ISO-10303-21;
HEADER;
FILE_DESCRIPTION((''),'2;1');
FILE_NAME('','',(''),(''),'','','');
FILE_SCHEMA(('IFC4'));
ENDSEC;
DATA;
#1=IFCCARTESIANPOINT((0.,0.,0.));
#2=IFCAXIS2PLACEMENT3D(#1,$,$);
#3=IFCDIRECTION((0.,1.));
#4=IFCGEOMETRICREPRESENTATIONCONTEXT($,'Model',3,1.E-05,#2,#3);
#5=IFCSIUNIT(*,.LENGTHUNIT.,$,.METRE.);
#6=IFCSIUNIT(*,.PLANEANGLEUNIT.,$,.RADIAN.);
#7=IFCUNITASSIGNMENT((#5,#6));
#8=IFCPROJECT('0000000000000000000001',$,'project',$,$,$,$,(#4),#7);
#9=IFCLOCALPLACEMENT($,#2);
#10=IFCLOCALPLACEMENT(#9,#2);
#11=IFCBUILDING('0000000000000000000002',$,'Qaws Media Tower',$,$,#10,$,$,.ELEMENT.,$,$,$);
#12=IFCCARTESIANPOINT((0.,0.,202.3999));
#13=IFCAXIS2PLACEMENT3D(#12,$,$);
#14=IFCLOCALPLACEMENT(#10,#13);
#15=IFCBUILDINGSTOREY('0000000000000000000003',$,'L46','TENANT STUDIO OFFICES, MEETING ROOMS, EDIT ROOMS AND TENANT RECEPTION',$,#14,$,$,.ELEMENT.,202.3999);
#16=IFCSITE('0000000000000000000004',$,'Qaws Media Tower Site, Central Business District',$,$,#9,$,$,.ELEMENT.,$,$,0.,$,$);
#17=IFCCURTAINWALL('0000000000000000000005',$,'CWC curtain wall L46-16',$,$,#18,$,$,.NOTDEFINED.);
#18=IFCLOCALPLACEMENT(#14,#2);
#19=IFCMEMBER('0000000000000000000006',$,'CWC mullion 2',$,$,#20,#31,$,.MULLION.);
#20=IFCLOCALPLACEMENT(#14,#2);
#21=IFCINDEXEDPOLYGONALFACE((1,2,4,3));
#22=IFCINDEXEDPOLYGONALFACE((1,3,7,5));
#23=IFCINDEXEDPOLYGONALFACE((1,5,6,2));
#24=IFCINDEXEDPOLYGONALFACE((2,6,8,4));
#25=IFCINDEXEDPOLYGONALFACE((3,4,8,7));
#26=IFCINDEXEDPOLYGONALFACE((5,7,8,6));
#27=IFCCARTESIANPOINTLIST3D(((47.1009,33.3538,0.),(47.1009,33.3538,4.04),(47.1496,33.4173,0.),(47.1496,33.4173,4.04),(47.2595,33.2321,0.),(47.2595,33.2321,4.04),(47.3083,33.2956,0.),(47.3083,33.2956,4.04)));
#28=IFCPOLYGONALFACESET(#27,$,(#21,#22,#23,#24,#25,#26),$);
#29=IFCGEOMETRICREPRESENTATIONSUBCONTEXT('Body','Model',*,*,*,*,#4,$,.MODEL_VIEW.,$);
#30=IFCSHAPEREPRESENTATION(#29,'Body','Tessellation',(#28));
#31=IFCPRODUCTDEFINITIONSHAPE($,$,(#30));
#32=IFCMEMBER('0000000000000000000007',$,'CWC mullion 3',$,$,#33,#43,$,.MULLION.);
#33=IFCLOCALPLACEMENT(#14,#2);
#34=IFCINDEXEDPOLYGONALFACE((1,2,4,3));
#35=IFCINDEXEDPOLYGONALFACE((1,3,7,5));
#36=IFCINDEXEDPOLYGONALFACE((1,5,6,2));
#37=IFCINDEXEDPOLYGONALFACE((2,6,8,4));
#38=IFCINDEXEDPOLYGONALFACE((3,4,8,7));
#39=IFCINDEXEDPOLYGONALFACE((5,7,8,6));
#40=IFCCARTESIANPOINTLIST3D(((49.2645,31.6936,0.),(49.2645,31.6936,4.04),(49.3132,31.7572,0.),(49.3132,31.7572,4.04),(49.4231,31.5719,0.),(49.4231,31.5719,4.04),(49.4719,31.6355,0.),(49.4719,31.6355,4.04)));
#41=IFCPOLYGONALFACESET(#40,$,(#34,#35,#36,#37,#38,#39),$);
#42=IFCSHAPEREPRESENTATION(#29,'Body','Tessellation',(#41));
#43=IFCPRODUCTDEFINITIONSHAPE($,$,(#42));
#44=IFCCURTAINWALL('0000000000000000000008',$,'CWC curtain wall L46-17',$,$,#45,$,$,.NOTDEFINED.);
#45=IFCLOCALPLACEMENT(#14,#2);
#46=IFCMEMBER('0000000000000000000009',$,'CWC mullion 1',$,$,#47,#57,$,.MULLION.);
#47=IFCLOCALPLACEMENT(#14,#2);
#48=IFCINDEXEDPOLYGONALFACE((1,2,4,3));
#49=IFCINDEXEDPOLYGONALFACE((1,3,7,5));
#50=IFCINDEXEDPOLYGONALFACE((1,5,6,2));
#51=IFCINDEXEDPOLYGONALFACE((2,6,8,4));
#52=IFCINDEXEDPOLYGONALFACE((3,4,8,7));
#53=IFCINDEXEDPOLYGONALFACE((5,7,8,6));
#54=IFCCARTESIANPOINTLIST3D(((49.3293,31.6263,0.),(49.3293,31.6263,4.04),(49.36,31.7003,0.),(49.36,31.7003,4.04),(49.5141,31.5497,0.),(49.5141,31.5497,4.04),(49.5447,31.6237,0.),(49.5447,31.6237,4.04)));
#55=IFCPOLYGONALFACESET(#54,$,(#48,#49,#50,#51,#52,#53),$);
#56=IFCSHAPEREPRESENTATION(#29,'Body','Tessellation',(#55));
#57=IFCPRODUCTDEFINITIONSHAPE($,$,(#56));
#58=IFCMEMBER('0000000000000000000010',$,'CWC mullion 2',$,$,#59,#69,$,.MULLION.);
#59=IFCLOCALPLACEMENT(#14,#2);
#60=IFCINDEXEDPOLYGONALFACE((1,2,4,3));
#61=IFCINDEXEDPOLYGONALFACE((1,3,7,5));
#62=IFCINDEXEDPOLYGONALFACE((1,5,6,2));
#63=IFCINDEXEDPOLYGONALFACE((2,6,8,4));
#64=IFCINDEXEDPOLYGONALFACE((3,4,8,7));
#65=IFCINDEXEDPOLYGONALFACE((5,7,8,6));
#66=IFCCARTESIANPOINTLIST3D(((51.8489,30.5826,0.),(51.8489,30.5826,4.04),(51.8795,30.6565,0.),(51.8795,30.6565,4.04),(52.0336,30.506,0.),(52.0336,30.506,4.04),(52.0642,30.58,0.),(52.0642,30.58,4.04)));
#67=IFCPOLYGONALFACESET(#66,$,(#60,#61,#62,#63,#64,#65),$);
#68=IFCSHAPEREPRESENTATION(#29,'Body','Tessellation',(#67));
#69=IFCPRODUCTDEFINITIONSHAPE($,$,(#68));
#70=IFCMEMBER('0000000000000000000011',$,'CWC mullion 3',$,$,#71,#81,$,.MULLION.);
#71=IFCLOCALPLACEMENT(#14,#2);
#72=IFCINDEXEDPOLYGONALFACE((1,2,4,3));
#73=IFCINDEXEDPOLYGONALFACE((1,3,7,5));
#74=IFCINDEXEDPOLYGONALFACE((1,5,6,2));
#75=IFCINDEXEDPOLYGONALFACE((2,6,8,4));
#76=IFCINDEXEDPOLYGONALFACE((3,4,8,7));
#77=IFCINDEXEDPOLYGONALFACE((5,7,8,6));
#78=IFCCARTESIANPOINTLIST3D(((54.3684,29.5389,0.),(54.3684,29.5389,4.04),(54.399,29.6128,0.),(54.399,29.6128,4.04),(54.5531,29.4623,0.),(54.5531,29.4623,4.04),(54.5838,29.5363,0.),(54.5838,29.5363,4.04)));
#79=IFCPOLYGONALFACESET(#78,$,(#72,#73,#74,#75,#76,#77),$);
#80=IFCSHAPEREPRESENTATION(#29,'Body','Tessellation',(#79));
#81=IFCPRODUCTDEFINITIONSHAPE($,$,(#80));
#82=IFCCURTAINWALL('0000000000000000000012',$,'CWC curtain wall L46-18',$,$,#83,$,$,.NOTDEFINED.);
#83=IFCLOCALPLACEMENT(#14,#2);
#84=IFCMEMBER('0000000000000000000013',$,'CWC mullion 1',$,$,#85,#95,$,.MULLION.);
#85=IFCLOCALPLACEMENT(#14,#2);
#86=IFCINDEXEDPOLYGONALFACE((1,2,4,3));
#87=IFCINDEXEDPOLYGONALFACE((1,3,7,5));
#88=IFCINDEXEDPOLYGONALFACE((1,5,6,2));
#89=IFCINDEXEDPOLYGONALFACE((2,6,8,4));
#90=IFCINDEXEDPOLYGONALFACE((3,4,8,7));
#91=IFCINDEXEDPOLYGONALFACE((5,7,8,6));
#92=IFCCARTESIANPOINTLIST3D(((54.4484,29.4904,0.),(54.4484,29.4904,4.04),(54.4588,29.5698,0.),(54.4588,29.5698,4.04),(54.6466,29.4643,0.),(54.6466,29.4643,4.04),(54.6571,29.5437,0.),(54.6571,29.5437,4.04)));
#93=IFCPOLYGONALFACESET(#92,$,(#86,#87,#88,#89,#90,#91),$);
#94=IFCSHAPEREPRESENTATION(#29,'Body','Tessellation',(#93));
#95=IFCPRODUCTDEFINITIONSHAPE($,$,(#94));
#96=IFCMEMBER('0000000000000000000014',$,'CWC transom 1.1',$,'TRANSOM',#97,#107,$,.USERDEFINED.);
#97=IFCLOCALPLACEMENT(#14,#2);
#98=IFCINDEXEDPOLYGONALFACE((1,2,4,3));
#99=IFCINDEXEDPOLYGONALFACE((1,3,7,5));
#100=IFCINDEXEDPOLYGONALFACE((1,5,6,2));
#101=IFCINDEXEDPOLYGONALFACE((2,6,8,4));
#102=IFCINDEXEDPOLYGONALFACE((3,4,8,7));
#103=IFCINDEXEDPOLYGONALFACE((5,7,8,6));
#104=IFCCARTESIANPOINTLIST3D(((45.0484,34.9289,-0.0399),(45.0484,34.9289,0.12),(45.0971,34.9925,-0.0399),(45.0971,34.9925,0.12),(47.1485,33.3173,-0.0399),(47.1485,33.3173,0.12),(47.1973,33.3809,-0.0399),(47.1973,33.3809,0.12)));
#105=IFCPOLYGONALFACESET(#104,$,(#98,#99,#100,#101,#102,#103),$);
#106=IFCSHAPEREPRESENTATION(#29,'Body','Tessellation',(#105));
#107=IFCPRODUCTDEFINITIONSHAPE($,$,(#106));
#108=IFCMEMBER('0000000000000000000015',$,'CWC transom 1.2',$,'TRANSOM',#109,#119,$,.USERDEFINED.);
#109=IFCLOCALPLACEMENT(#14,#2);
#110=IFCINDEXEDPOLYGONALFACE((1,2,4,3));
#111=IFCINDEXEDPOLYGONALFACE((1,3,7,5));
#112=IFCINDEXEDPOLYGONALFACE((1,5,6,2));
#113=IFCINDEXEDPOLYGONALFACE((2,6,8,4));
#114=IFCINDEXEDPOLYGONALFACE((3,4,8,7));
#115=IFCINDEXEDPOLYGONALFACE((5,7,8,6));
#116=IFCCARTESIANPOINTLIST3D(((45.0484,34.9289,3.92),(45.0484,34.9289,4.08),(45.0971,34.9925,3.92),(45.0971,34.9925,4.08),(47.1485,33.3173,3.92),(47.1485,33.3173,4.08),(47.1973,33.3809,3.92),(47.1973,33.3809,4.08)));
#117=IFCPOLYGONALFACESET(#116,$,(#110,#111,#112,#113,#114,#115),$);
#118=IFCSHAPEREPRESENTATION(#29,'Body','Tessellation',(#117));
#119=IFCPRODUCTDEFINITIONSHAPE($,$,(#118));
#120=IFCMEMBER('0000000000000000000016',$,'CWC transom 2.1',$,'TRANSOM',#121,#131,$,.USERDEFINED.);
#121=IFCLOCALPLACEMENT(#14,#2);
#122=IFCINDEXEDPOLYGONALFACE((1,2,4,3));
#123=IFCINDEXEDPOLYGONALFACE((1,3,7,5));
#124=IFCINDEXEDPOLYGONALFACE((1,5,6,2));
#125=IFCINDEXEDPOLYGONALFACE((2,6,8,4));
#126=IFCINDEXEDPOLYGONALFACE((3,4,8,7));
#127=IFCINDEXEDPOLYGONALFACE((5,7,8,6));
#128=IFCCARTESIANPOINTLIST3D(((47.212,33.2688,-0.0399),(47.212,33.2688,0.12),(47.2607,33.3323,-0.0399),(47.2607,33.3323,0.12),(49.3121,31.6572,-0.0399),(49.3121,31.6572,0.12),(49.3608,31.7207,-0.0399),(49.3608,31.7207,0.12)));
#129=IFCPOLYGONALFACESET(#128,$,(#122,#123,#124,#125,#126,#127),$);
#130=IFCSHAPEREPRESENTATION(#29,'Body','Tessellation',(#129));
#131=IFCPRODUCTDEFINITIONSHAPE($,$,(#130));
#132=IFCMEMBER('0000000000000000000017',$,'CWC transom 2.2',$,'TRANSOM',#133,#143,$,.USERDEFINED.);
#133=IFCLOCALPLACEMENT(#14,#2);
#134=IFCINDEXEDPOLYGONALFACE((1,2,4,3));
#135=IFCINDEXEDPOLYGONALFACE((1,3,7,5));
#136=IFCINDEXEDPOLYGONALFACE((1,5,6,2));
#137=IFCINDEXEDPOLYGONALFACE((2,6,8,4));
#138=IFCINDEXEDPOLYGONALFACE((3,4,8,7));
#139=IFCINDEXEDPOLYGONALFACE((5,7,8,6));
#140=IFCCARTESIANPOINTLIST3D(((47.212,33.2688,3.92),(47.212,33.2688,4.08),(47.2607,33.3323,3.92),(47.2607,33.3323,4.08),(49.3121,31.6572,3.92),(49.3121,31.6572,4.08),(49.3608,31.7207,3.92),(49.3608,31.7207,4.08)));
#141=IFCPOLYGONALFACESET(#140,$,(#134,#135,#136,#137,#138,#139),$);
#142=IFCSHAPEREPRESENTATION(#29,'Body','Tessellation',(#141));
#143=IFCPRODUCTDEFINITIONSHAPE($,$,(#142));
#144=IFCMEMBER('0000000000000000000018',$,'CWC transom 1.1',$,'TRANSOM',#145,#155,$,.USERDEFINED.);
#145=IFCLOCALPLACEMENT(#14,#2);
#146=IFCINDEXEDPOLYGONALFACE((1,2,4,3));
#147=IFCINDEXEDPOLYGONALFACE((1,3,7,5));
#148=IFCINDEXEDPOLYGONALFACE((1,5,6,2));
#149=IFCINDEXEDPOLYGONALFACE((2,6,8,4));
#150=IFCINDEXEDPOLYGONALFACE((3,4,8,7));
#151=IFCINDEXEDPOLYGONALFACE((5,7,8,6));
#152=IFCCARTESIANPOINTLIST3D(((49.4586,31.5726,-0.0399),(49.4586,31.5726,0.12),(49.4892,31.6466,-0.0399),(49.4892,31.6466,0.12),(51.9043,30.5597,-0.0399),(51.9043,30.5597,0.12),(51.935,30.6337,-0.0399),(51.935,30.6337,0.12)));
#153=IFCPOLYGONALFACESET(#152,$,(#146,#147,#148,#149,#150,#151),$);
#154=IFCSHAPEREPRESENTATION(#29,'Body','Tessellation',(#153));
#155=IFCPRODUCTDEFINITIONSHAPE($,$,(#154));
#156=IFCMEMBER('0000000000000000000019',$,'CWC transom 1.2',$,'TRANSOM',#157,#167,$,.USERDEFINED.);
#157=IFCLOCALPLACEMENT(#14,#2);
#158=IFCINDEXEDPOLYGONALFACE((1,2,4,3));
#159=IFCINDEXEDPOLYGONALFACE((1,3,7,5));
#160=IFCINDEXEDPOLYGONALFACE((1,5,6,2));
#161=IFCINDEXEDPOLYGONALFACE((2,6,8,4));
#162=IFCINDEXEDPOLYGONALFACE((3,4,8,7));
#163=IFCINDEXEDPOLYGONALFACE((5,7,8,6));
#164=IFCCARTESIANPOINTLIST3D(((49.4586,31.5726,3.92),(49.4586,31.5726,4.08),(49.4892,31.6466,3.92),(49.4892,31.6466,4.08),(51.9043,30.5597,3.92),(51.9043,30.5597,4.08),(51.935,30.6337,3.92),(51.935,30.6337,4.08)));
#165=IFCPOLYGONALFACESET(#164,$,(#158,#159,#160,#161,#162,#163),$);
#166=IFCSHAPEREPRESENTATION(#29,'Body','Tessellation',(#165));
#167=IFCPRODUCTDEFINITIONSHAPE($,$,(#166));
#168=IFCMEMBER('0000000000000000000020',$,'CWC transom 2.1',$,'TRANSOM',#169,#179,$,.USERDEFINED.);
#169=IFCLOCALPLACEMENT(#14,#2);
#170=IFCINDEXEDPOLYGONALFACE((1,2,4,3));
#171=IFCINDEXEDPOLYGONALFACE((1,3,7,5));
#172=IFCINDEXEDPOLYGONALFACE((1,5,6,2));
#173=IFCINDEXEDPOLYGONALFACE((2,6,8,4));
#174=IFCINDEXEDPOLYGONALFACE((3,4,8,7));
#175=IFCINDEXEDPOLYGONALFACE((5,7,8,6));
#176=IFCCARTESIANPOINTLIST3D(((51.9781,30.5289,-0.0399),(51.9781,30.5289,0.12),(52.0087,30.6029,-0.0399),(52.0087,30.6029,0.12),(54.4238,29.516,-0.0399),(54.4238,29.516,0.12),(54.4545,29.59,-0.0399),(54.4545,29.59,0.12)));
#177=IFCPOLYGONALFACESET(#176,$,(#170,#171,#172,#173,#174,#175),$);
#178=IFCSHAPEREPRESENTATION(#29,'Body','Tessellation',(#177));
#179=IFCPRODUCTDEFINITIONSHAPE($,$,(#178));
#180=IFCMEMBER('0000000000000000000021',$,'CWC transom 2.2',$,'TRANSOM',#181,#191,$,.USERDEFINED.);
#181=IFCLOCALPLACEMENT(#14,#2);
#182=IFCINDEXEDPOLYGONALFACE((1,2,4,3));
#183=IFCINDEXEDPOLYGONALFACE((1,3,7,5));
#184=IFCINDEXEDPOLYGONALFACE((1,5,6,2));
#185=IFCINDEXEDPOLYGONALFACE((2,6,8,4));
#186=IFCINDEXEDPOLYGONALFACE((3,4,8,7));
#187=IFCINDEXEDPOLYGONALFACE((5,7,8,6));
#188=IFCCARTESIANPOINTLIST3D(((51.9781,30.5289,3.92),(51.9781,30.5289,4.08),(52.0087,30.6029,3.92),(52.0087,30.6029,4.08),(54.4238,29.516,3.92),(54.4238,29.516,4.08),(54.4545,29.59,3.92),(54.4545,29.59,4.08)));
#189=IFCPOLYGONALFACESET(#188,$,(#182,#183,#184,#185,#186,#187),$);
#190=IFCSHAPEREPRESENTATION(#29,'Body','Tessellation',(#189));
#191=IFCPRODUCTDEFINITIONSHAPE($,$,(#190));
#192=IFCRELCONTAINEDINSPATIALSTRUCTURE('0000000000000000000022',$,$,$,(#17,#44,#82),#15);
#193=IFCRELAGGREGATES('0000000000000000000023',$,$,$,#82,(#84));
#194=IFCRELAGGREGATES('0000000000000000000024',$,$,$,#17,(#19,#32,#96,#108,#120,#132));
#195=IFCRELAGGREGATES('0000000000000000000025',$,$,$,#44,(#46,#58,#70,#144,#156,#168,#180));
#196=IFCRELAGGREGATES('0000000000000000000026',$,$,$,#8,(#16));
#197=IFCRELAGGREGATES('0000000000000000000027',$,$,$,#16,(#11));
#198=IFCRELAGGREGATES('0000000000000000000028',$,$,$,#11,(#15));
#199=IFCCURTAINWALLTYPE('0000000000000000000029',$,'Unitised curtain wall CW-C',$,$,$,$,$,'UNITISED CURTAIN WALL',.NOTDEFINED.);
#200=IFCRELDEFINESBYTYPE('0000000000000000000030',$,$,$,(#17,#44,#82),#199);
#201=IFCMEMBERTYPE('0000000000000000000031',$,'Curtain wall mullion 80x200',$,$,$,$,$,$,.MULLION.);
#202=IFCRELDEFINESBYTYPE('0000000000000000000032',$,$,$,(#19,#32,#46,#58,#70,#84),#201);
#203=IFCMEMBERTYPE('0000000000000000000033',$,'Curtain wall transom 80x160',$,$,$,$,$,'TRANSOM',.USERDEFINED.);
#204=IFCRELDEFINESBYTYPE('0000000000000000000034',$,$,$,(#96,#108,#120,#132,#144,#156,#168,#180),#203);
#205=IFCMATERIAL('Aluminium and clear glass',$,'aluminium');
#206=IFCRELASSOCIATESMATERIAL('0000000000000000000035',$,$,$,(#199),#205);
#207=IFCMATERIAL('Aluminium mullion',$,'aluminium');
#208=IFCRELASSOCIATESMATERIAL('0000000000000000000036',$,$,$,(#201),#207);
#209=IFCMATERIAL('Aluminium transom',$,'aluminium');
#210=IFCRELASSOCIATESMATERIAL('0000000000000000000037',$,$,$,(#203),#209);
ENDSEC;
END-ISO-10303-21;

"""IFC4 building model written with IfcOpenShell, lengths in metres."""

from ifc_helpers import new_model, si_unit, direction, frame, origin, origin_2d, place, context, subcontext, project, spatial, rectangle, extrude, material, material_profile, profile_set, type_object, element, aggregate, save


model = new_model("IFC4")

# Units and contexts
model_context = context("Model", 3, precision=1e-05, world=origin(), true_north=direction((0.0, 1.0)))
body_context = subcontext(model_context, "Body", "Model", "MODEL_VIEW")
ifc_project = project(units=[si_unit("LENGTHUNIT", "METRE"), si_unit("PLANEANGLEUNIT", "RADIAN")], contexts=[model_context])

# Site, building, storey
site_placement = place(None, origin())
site = spatial("IfcSite", under=ifc_project, at=site_placement, Name="Qaws Media Tower Site, Central Business District", CompositionType="ELEMENT", RefElevation=0.0)
building_placement = place(site_placement, origin())
building = spatial("IfcBuilding", under=site, at=building_placement, Name="Qaws Media Tower", CompositionType="ELEMENT")
storey_placement = place(building_placement, frame((0.0, 0.0, 202.3999)))
storey = spatial("IfcBuildingStorey", under=building, at=storey_placement, Name="L46", Description="TENANT STUDIO OFFICES, MEETING ROOMS, EDIT ROOMS AND TENANT RECEPTION", CompositionType="ELEMENT", Elevation=202.3999)

# Curtain walls, members
ifc_material_1 = material(Name="Aluminium and clear glass", Category="aluminium")
curtain_wall_type = type_object("IfcCurtainWallType", Name="Unitised curtain wall CW-C", ElementType="UNITISED CURTAIN WALL", PredefinedType="NOTDEFINED", material=ifc_material_1)
curtain_wall_1_placement = place(storey_placement, origin())
curtain_wall_1 = element("IfcCurtainWall", 1, at=curtain_wall_1_placement, inside=storey, type_object=curtain_wall_type, Name="CWC curtain wall L46-16", PredefinedType="NOTDEFINED")
ifc_material_2 = material(Name="Aluminium mullion", Category="aluminium")
ifc_material_profile_1 = material_profile(ifc_material_2, rectangle(XDim=0.0801, YDim=0.2, at=origin_2d()), Name="80x200")
ifc_profile_set_1 = profile_set([ifc_material_profile_1], Name="Aluminium mullion")
member_type_1 = type_object("IfcMemberType", Name="Curtain wall mullion 80x200", PredefinedType="MULLION", material=ifc_profile_set_1)
member_1_placement = place(storey_placement, frame((47.2046, 33.3247, 0.0), z_axis=(0.0, 0.0, 1.0), x_axis=(0.608761, 0.793353, 0.0)))
member_1 = element("IfcMember", 2, at=member_1_placement, type_object=member_type_1, Name="CWC mullion 2", PredefinedType="MULLION", context=body_context, shape_type="SweptSolid", body=[
    extrude(rectangle(XDim=0.0801, YDim=0.2, at=origin_2d()), origin(), (0.0, 0.0, 1.0), 4.04),
])
member_2_placement = place(storey_placement, frame((49.3682, 31.6646, 0.0), z_axis=(0.0, 0.0, 1.0), x_axis=(0.608761, 0.793353, 0.0)))
member_2 = element("IfcMember", 3, at=member_2_placement, type_object=member_type_1, Name="CWC mullion 3", PredefinedType="MULLION", context=body_context, shape_type="SweptSolid", body=[
    extrude(rectangle(XDim=0.0801, YDim=0.2, at=origin_2d()), origin(), (0.0, 0.0, 1.0), 4.04),
])
curtain_wall_2_placement = place(storey_placement, origin())
curtain_wall_2 = element("IfcCurtainWall", 4, at=curtain_wall_2_placement, inside=storey, type_object=curtain_wall_type, Name="CWC curtain wall L46-17", PredefinedType="NOTDEFINED")
member_3_placement = place(storey_placement, frame((49.437, 31.625, 0.0), z_axis=(0.0, 0.0, 1.0), x_axis=(0.382683, 0.92388, 0.0)))
member_3 = element("IfcMember", 5, at=member_3_placement, type_object=member_type_1, Name="CWC mullion 1", PredefinedType="MULLION", context=body_context, shape_type="SweptSolid", body=[
    extrude(rectangle(XDim=0.0801, YDim=0.2, at=origin_2d()), origin(), (0.0, 0.0, 1.0), 4.04),
])
member_4_placement = place(storey_placement, frame((51.9565, 30.5813, 0.0), z_axis=(0.0, 0.0, 1.0), x_axis=(0.382683, 0.92388, 0.0)))
member_4 = element("IfcMember", 6, at=member_4_placement, type_object=member_type_1, Name="CWC mullion 2", PredefinedType="MULLION", context=body_context, shape_type="SweptSolid", body=[
    extrude(rectangle(XDim=0.0801, YDim=0.2, at=origin_2d()), origin(), (0.0, 0.0, 1.0), 4.04),
])
member_5_placement = place(storey_placement, frame((54.4761, 29.5376, 0.0), z_axis=(0.0, 0.0, 1.0), x_axis=(0.382683, 0.92388, 0.0)))
member_5 = element("IfcMember", 7, at=member_5_placement, type_object=member_type_1, Name="CWC mullion 3", PredefinedType="MULLION", context=body_context, shape_type="SweptSolid", body=[
    extrude(rectangle(XDim=0.0801, YDim=0.2, at=origin_2d()), origin(), (0.0, 0.0, 1.0), 4.04),
])

# Curtain wall, member
curtain_wall_3_placement = place(storey_placement, origin())
curtain_wall_3 = element("IfcCurtainWall", 8, at=curtain_wall_3_placement, inside=storey, type_object=curtain_wall_type, Name="CWC curtain wall L46-18", PredefinedType="NOTDEFINED")
member_6_placement = place(storey_placement, frame((54.5527, 29.5171, 0.0), z_axis=(0.0, 0.0, 1.0), x_axis=(0.130526, 0.991445, 0.0)))
member_6 = element("IfcMember", 9, at=member_6_placement, type_object=member_type_1, Name="CWC mullion 1", PredefinedType="MULLION", context=body_context, shape_type="SweptSolid", body=[
    extrude(rectangle(XDim=0.0801, YDim=0.2, at=origin_2d()), origin(), (0.0, 0.0, 1.0), 4.04),
])

# Members
ifc_material_3 = material(Name="Aluminium transom", Category="aluminium")
ifc_material_profile_2 = material_profile(ifc_material_3, rectangle(XDim=0.0801, YDim=0.1599, at=origin_2d()), Name="80x160")
ifc_profile_set_2 = profile_set([ifc_material_profile_2], Name="Aluminium transom")
member_type_2 = type_object("IfcMemberType", Name="Curtain wall transom 80x160", ElementType="TRANSOM", PredefinedType="USERDEFINED", material=ifc_profile_set_2)
member_7_placement = place(storey_placement, frame((45.0728, 34.9607, 0.04), z_axis=(0.793333, -0.608788, 0.0), x_axis=(0.608788, 0.793333, 0.0)))
member_7 = element("IfcMember", 10, at=member_7_placement, type_object=member_type_2, Name="CWC transom 1.1", ObjectType="TRANSOM", PredefinedType="USERDEFINED", context=body_context, shape_type="SweptSolid", body=[
    extrude(rectangle(XDim=0.0801, YDim=0.1599, at=origin_2d()), origin(), (0.0, 0.0, 1.0), 2.6472),
])
member_8_placement = place(storey_placement, frame((45.0728, 34.9607, 4.0), z_axis=(0.793333, -0.608788, 0.0), x_axis=(0.608788, 0.793333, 0.0)))
member_8 = element("IfcMember", 11, at=member_8_placement, type_object=member_type_2, Name="CWC transom 1.2", ObjectType="TRANSOM", PredefinedType="USERDEFINED", context=body_context, shape_type="SweptSolid", body=[
    extrude(rectangle(XDim=0.0801, YDim=0.1599, at=origin_2d()), origin(), (0.0, 0.0, 1.0), 2.6472),
])
member_9_placement = place(storey_placement, frame((47.2363, 33.3005, 0.04), z_axis=(0.793333, -0.608788, 0.0), x_axis=(0.608788, 0.793333, 0.0)))
member_9 = element("IfcMember", 12, at=member_9_placement, type_object=member_type_2, Name="CWC transom 2.1", ObjectType="TRANSOM", PredefinedType="USERDEFINED", context=body_context, shape_type="SweptSolid", body=[
    extrude(rectangle(XDim=0.0801, YDim=0.1599, at=origin_2d()), origin(), (0.0, 0.0, 1.0), 2.6472),
])
member_10_placement = place(storey_placement, frame((47.2363, 33.3005, 4.0), z_axis=(0.793333, -0.608788, 0.0), x_axis=(0.608788, 0.793333, 0.0)))
member_10 = element("IfcMember", 13, at=member_10_placement, type_object=member_type_2, Name="CWC transom 2.2", ObjectType="TRANSOM", PredefinedType="USERDEFINED", context=body_context, shape_type="SweptSolid", body=[
    extrude(rectangle(XDim=0.0801, YDim=0.1599, at=origin_2d()), origin(), (0.0, 0.0, 1.0), 2.6472),
])
member_11_placement = place(storey_placement, frame((49.4739, 31.6096, 0.04), z_axis=(0.923899, -0.382637, 0.0), x_axis=(0.382637, 0.923899, 0.0)))
member_11 = element("IfcMember", 14, at=member_11_placement, type_object=member_type_2, Name="CWC transom 1.1", ObjectType="TRANSOM", PredefinedType="USERDEFINED", context=body_context, shape_type="SweptSolid", body=[
    extrude(rectangle(XDim=0.0801, YDim=0.1599, at=origin_2d()), origin(), (0.0, 0.0, 1.0), 2.6472),
])
member_12_placement = place(storey_placement, frame((49.4739, 31.6096, 4.0), z_axis=(0.923899, -0.382637, 0.0), x_axis=(0.382637, 0.923899, 0.0)))
member_12 = element("IfcMember", 15, at=member_12_placement, type_object=member_type_2, Name="CWC transom 1.2", ObjectType="TRANSOM", PredefinedType="USERDEFINED", context=body_context, shape_type="SweptSolid", body=[
    extrude(rectangle(XDim=0.0801, YDim=0.1599, at=origin_2d()), origin(), (0.0, 0.0, 1.0), 2.6472),
])
member_13_placement = place(storey_placement, frame((51.9934, 30.5659, 0.04), z_axis=(0.923899, -0.382637, 0.0), x_axis=(0.382637, 0.923899, 0.0)))
member_13 = element("IfcMember", 16, at=member_13_placement, type_object=member_type_2, Name="CWC transom 2.1", ObjectType="TRANSOM", PredefinedType="USERDEFINED", context=body_context, shape_type="SweptSolid", body=[
    extrude(rectangle(XDim=0.0801, YDim=0.1599, at=origin_2d()), origin(), (0.0, 0.0, 1.0), 2.6472),
])
member_14_placement = place(storey_placement, frame((51.9934, 30.5659, 4.0), z_axis=(0.923899, -0.382637, 0.0), x_axis=(0.382637, 0.923899, 0.0)))
member_14 = element("IfcMember", 17, at=member_14_placement, type_object=member_type_2, Name="CWC transom 2.2", ObjectType="TRANSOM", PredefinedType="USERDEFINED", context=body_context, shape_type="SweptSolid", body=[
    extrude(rectangle(XDim=0.0801, YDim=0.1599, at=origin_2d()), origin(), (0.0, 0.0, 1.0), 2.6472),
])
aggregate(curtain_wall_3, [member_6])

aggregate(curtain_wall_1, [member_1, member_2, member_7, member_8, member_9, member_10])
aggregate(curtain_wall_2, [member_3, member_4, member_5, member_11, member_12, member_13, member_14])

save(model, "model.ifc")
